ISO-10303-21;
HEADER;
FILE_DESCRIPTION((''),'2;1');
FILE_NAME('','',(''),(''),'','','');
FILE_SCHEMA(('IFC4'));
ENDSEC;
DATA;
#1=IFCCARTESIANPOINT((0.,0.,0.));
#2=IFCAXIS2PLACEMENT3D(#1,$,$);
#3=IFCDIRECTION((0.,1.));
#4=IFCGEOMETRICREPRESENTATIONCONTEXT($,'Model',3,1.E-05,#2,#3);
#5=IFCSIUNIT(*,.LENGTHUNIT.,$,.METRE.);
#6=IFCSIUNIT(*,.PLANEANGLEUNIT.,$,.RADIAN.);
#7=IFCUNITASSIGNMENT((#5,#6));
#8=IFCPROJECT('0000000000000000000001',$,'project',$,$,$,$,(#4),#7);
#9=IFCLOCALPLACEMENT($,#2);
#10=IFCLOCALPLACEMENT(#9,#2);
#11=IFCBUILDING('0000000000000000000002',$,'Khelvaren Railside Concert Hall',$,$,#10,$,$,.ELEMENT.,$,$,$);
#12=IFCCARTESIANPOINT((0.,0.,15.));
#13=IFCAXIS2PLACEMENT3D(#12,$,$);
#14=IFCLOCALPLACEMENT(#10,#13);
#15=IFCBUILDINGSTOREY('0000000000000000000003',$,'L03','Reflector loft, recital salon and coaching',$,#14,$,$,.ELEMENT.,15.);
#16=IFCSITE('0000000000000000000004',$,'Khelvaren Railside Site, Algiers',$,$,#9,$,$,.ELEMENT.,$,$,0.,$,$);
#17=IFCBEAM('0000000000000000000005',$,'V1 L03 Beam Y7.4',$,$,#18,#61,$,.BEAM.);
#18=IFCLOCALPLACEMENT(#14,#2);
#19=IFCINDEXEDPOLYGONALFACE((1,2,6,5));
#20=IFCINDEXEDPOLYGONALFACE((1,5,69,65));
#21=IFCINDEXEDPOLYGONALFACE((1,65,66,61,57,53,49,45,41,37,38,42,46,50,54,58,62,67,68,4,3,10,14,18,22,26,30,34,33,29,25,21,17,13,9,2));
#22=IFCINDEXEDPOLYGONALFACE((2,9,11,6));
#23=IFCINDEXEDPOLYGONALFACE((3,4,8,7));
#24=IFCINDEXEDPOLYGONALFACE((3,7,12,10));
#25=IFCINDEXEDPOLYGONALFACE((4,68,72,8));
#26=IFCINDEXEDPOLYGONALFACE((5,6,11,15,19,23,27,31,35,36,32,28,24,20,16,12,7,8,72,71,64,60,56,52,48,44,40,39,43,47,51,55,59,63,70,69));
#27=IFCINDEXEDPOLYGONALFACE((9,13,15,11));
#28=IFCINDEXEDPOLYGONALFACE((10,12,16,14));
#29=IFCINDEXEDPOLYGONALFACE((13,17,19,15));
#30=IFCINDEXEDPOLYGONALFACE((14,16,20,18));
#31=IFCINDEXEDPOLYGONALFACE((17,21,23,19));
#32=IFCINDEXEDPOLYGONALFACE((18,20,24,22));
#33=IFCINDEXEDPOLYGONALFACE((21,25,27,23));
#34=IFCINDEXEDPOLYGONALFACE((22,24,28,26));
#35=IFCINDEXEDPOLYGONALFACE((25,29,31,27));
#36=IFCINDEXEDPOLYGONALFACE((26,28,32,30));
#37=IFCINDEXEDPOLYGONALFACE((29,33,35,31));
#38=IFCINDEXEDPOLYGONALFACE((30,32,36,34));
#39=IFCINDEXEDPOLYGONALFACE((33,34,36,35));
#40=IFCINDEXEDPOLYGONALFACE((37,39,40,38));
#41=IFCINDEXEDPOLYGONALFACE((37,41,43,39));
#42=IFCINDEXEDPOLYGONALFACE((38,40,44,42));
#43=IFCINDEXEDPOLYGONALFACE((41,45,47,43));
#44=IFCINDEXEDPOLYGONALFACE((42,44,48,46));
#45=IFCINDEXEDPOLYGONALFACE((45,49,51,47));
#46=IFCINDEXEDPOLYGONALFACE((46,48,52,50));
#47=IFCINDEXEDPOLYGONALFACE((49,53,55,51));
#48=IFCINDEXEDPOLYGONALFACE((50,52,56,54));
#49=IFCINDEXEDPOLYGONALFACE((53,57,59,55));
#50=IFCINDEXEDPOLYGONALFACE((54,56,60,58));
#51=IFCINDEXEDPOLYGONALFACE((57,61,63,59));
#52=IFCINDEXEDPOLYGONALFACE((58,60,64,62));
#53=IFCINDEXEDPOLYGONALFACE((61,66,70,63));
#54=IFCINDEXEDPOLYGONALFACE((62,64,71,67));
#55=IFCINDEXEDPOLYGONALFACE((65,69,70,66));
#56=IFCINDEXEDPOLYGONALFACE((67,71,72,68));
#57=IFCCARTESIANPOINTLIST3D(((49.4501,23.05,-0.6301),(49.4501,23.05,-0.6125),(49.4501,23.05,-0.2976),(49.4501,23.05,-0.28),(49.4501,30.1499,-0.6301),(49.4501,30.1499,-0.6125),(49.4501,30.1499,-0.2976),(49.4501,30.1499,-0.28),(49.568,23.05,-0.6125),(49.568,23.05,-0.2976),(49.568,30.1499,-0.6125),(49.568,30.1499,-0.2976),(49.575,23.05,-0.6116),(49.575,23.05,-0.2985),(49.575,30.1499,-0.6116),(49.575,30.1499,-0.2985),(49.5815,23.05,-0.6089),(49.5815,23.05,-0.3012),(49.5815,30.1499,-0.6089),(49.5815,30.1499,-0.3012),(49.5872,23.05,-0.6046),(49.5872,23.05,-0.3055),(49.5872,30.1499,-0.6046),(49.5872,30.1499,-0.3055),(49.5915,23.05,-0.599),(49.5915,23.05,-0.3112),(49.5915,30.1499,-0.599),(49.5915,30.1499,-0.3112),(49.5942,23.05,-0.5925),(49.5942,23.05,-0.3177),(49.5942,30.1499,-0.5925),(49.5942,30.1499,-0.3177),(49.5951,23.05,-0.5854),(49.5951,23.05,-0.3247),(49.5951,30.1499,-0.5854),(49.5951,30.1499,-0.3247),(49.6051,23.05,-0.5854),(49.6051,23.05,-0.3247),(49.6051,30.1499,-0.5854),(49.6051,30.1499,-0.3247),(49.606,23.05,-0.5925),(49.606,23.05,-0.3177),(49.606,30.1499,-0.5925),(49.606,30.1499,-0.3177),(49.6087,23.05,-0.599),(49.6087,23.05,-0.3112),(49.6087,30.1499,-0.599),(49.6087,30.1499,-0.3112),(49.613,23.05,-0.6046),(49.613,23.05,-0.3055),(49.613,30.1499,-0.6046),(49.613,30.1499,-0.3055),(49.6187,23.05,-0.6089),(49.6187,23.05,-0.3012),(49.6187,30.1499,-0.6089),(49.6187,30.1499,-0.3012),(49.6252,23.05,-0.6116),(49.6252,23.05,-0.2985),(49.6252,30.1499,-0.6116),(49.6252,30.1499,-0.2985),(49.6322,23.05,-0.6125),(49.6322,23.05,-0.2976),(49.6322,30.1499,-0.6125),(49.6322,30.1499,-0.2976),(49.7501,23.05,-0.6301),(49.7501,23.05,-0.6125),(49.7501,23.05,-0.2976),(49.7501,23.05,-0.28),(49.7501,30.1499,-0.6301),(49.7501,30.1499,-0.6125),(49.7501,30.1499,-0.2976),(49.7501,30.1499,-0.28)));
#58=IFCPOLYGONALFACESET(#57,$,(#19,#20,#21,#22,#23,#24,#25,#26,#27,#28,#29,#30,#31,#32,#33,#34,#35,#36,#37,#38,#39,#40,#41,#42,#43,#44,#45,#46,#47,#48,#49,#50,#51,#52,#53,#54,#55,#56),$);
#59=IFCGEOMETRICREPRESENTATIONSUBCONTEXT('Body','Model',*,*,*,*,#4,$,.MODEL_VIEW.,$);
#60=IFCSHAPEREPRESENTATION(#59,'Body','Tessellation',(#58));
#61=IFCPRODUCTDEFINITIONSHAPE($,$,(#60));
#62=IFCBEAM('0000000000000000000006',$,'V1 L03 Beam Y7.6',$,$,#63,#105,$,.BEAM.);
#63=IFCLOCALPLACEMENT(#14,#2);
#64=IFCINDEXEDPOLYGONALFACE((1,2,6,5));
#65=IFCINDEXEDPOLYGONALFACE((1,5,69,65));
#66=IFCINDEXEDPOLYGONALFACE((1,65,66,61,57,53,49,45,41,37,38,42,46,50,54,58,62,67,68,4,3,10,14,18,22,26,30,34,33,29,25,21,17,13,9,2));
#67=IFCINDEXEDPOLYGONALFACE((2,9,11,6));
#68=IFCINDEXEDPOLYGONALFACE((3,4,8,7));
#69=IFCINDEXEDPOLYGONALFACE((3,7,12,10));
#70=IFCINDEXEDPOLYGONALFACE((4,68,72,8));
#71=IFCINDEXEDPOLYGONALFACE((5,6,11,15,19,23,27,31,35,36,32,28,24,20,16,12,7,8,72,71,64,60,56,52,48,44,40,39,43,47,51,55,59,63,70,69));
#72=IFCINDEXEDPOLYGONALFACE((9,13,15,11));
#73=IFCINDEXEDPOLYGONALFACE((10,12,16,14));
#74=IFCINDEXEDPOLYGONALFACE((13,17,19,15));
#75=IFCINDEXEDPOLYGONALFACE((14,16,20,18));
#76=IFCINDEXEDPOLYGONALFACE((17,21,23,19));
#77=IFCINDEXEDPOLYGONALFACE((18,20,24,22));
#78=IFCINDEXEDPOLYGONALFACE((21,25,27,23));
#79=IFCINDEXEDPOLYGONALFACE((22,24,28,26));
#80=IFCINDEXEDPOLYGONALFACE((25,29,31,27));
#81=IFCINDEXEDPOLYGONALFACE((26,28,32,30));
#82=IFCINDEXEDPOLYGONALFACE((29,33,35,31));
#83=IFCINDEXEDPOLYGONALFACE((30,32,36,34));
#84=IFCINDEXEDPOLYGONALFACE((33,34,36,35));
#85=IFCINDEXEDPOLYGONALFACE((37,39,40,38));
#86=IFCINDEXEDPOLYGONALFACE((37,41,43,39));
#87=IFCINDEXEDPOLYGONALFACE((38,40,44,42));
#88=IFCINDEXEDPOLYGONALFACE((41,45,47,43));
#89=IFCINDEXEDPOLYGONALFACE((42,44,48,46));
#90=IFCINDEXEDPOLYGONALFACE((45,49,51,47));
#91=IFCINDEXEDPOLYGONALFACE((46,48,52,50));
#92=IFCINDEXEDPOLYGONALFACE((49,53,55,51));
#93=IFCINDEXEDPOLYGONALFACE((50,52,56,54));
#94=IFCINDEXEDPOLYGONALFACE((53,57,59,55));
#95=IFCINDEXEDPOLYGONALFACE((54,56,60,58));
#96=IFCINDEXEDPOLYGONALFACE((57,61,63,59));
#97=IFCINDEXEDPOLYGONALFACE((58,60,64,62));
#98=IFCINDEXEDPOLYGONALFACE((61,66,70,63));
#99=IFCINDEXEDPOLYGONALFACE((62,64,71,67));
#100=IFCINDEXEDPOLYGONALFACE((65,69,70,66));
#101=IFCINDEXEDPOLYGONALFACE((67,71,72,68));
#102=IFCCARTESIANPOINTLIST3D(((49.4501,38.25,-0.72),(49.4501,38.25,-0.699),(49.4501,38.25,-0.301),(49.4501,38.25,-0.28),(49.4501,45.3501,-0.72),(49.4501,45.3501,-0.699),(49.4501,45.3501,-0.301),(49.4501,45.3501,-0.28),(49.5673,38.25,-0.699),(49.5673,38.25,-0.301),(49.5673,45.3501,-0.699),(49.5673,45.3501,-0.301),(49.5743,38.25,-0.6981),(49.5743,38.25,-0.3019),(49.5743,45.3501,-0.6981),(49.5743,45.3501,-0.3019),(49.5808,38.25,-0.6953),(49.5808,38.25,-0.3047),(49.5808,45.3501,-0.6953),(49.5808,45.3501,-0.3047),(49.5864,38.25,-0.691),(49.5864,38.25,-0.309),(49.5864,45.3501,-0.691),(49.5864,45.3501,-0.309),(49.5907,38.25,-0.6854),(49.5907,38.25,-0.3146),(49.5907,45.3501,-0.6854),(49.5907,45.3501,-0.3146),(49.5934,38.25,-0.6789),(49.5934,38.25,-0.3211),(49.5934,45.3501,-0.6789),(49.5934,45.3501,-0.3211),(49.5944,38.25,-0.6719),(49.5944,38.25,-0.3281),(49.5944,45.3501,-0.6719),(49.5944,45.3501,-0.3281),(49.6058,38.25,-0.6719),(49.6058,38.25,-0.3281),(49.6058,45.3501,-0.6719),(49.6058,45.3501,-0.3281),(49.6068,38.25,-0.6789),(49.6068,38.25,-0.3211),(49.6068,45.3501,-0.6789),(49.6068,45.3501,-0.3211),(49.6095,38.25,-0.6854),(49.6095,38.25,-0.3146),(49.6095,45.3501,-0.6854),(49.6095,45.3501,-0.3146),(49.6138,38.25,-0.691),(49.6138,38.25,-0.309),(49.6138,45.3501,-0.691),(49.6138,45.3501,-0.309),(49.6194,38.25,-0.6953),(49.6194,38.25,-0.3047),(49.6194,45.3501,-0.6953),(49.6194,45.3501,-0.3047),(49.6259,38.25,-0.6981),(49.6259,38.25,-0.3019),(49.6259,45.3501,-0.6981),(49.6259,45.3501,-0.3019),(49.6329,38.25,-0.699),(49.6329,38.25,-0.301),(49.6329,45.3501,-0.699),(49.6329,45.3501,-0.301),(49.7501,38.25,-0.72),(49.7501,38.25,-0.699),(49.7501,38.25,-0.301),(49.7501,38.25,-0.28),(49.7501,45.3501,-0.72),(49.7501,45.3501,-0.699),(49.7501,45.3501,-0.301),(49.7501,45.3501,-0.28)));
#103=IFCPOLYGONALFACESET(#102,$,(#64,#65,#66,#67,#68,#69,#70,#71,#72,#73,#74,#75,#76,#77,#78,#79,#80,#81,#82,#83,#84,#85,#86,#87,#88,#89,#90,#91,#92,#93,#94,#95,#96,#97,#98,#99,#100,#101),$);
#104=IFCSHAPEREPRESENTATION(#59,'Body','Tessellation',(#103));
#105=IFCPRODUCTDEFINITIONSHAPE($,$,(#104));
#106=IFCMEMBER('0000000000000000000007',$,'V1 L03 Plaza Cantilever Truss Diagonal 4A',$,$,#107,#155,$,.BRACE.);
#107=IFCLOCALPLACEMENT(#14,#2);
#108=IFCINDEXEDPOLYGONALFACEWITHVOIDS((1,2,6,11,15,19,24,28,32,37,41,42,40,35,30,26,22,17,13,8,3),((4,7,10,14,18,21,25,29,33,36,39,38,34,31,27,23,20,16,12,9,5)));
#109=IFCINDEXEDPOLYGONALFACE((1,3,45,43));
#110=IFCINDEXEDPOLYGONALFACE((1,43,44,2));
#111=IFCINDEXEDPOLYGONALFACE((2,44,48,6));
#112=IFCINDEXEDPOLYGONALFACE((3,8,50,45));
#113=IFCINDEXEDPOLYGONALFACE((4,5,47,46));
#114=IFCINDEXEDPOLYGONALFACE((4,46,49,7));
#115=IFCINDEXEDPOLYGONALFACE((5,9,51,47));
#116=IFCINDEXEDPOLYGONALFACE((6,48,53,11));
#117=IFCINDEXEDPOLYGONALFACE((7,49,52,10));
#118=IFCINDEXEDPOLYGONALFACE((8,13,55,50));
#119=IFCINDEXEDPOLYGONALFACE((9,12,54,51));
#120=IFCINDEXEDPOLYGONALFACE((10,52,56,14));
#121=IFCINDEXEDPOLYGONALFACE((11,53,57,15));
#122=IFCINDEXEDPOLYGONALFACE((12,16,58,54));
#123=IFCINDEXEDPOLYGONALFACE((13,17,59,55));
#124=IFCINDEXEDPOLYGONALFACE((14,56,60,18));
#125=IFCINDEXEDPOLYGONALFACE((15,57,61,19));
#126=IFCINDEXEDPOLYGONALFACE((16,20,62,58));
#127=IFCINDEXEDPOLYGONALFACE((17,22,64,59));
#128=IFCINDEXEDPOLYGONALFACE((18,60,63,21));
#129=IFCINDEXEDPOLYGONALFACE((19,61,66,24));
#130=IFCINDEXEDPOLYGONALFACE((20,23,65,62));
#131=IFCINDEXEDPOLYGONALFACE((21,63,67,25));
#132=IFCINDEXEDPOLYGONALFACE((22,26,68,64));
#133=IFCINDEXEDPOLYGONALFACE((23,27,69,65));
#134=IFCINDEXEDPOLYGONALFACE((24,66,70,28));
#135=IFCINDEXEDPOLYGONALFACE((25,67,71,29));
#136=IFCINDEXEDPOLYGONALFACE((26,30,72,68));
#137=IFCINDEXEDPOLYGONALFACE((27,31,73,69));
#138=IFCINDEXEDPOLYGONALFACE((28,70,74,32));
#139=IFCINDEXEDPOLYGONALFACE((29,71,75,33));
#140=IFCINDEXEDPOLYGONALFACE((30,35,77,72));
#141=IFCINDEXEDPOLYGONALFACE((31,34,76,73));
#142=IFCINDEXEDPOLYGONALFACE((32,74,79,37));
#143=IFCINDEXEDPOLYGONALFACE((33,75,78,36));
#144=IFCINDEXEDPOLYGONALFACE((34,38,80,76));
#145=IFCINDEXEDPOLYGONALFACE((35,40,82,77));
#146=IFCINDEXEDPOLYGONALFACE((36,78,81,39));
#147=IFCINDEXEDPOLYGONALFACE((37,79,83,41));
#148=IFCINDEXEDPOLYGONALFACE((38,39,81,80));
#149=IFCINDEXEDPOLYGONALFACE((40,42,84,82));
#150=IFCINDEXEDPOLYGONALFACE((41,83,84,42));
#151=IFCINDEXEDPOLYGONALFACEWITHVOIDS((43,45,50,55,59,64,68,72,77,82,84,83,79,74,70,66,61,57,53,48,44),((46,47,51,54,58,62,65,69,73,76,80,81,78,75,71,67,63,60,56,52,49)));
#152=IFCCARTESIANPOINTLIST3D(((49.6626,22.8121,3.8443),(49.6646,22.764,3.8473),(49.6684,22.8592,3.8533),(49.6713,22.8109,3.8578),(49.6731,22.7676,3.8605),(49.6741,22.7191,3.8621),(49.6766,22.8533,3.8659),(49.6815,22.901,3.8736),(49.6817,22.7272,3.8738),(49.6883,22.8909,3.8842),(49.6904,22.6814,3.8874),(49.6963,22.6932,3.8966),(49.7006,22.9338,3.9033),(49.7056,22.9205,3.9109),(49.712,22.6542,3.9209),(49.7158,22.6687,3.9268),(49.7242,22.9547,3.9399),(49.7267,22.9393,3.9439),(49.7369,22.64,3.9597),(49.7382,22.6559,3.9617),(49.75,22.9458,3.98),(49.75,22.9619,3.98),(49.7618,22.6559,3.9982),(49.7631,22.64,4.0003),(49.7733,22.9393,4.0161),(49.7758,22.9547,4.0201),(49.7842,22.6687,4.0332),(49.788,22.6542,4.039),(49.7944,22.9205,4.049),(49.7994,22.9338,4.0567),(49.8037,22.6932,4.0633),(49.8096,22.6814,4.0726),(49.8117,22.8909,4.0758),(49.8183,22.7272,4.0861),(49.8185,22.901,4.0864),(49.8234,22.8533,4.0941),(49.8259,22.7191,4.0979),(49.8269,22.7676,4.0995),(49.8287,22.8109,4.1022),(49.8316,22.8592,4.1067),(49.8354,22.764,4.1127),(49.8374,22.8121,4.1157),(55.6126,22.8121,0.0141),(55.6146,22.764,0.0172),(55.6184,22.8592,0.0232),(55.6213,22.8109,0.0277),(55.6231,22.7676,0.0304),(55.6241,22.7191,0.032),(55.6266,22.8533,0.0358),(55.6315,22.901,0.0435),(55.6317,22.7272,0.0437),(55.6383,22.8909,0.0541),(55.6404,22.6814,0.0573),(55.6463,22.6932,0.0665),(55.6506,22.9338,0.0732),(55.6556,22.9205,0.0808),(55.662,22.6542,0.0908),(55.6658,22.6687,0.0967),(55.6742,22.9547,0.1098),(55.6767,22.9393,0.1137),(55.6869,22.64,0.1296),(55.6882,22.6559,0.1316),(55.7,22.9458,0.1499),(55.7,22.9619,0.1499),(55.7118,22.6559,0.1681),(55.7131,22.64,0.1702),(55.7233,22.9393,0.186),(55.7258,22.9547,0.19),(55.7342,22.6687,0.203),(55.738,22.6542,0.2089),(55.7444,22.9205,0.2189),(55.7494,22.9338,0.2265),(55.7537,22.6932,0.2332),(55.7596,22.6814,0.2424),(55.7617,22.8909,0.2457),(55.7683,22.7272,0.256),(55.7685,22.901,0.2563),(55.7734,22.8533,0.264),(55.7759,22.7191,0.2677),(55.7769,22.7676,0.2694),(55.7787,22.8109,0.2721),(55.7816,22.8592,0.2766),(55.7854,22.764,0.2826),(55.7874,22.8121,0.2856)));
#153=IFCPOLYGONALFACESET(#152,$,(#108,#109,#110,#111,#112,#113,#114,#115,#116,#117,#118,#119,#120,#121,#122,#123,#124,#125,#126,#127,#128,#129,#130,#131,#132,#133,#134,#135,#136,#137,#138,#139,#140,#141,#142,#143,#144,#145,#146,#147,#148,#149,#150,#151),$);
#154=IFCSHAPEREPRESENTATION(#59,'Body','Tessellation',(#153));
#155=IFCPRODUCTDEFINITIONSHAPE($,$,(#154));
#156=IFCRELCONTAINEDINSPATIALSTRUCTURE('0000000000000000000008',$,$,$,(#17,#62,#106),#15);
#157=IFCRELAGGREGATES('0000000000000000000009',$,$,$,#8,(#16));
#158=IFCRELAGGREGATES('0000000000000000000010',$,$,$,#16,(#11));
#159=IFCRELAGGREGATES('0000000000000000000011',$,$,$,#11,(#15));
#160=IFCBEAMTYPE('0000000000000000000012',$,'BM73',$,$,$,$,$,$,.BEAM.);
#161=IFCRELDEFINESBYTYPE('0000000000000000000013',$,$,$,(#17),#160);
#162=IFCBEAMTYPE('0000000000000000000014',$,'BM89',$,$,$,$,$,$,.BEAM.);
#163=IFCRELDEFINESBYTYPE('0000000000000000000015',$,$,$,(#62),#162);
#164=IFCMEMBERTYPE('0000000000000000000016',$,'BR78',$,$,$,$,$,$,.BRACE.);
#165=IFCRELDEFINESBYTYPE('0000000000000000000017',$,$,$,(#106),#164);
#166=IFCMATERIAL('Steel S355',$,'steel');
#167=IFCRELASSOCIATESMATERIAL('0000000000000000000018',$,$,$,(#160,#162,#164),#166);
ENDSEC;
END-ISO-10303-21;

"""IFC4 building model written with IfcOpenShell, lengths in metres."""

from ifc_helpers import new_model, si_unit, direction, frame, origin, origin_2d, place, context, subcontext, project, spatial, hollow_circle, i_section, extrude, material, material_profile, profile_set, type_object, element, save


model = new_model("IFC4")

# Units and contexts
model_context = context("Model", 3, precision=1e-05, world=origin(), true_north=direction((0.0, 1.0)))
body_context = subcontext(model_context, "Body", "Model", "MODEL_VIEW")
ifc_project = project(units=[si_unit("LENGTHUNIT", "METRE"), si_unit("PLANEANGLEUNIT", "RADIAN")], contexts=[model_context])

# Site, building, storey
site_placement = place(None, origin())
site = spatial("IfcSite", under=ifc_project, at=site_placement, Name="Khelvaren Railside Site, Algiers", CompositionType="ELEMENT", RefElevation=0.0)
building_placement = place(site_placement, origin())
building = spatial("IfcBuilding", under=site, at=building_placement, Name="Khelvaren Railside Concert Hall", CompositionType="ELEMENT")
storey_placement = place(building_placement, frame((0.0, 0.0, 15.0)))
storey = spatial("IfcBuildingStorey", under=building, at=storey_placement, Name="L03", Description="Reflector loft, recital salon and coaching", CompositionType="ELEMENT", Elevation=15.0)

# Shared definitions
ifc_material_1 = material(Name="Steel S355", Category="steel")

# Beams
ifc_material_profile_1 = material_profile(ifc_material_1, i_section(OverallWidth=0.3, OverallDepth=0.3501, WebThickness=0.01, FlangeThickness=0.0176, FilletRadius=0.0271, at=origin_2d()), Name="HEA 360")
ifc_profile_set_1 = profile_set([ifc_material_profile_1], Name="Steel S355")
beam_type_1 = type_object("IfcBeamType", Name="BM73", PredefinedType="BEAM", material=ifc_profile_set_1)
beam_1_placement = place(storey_placement, frame((49.6001, 23.05, -0.4551), z_axis=(0.0, 1.0, 0.0), x_axis=(-1.0, 0.0, 0.0)))
element("IfcBeam", 1, at=beam_1_placement, inside=storey, type_object=beam_type_1, Name="V1 L03 Beam Y7.4", PredefinedType="BEAM", context=body_context, shape_type="SweptSolid", body=[
    extrude(i_section(OverallWidth=0.3, OverallDepth=0.3501, WebThickness=0.01, FlangeThickness=0.0176, FilletRadius=0.0271, at=origin_2d()), origin(), (0.0, 0.0, 1.0), 7.0999),
])
ifc_material_profile_2 = material_profile(ifc_material_1, i_section(OverallWidth=0.3, OverallDepth=0.4399, WebThickness=0.0115, FlangeThickness=0.021, FilletRadius=0.0271, at=origin_2d()), Name="HEA 450")
ifc_profile_set_2 = profile_set([ifc_material_profile_2], Name="Steel S355")
beam_type_2 = type_object("IfcBeamType", Name="BM89", PredefinedType="BEAM", material=ifc_profile_set_2)
beam_2_placement = place(storey_placement, frame((49.6001, 38.25, -0.5), z_axis=(0.0, 1.0, 0.0), x_axis=(-1.0, 0.0, 0.0)))
element("IfcBeam", 2, at=beam_2_placement, inside=storey, type_object=beam_type_2, Name="V1 L03 Beam Y7.6", PredefinedType="BEAM", context=body_context, shape_type="SweptSolid", body=[
    extrude(i_section(OverallWidth=0.3, OverallDepth=0.4399, WebThickness=0.0115, FlangeThickness=0.021, FilletRadius=0.0271, at=origin_2d()), origin(), (0.0, 0.0, 1.0), 7.1001),
])

# Member
ifc_material_profile_3 = material_profile(ifc_material_1, hollow_circle(Radius=0.1619, WallThickness=0.0161, at=origin_2d()), Name="CHS 323.9x16")
ifc_profile_set_3 = profile_set([ifc_material_profile_3], Name="Steel S355")
member_type = type_object("IfcMemberType", Name="BR78", PredefinedType="BRACE", material=ifc_profile_set_3)
for number, where, z_axis, x_axis, name in (
    (3, (49.75, 22.8, 3.98), (0.84085, 0.0, -0.541268), (0.0, 1.0, 0.0), "V1 L03 Plaza Cantilever Truss Diagonal 4A"),
):
    element("IfcMember", number, at=place(storey_placement, frame(where, z_axis=z_axis, x_axis=x_axis)), inside=storey, type_object=member_type, Name=name, PredefinedType="BRACE", context=body_context, shape_type="SweptSolid", body=[
        extrude(hollow_circle(Radius=0.1619, WallThickness=0.0161, at=origin_2d()), origin(), (0.0, 0.0, 1.0), 7.0762),
    ])

save(model, "model.ifc")
